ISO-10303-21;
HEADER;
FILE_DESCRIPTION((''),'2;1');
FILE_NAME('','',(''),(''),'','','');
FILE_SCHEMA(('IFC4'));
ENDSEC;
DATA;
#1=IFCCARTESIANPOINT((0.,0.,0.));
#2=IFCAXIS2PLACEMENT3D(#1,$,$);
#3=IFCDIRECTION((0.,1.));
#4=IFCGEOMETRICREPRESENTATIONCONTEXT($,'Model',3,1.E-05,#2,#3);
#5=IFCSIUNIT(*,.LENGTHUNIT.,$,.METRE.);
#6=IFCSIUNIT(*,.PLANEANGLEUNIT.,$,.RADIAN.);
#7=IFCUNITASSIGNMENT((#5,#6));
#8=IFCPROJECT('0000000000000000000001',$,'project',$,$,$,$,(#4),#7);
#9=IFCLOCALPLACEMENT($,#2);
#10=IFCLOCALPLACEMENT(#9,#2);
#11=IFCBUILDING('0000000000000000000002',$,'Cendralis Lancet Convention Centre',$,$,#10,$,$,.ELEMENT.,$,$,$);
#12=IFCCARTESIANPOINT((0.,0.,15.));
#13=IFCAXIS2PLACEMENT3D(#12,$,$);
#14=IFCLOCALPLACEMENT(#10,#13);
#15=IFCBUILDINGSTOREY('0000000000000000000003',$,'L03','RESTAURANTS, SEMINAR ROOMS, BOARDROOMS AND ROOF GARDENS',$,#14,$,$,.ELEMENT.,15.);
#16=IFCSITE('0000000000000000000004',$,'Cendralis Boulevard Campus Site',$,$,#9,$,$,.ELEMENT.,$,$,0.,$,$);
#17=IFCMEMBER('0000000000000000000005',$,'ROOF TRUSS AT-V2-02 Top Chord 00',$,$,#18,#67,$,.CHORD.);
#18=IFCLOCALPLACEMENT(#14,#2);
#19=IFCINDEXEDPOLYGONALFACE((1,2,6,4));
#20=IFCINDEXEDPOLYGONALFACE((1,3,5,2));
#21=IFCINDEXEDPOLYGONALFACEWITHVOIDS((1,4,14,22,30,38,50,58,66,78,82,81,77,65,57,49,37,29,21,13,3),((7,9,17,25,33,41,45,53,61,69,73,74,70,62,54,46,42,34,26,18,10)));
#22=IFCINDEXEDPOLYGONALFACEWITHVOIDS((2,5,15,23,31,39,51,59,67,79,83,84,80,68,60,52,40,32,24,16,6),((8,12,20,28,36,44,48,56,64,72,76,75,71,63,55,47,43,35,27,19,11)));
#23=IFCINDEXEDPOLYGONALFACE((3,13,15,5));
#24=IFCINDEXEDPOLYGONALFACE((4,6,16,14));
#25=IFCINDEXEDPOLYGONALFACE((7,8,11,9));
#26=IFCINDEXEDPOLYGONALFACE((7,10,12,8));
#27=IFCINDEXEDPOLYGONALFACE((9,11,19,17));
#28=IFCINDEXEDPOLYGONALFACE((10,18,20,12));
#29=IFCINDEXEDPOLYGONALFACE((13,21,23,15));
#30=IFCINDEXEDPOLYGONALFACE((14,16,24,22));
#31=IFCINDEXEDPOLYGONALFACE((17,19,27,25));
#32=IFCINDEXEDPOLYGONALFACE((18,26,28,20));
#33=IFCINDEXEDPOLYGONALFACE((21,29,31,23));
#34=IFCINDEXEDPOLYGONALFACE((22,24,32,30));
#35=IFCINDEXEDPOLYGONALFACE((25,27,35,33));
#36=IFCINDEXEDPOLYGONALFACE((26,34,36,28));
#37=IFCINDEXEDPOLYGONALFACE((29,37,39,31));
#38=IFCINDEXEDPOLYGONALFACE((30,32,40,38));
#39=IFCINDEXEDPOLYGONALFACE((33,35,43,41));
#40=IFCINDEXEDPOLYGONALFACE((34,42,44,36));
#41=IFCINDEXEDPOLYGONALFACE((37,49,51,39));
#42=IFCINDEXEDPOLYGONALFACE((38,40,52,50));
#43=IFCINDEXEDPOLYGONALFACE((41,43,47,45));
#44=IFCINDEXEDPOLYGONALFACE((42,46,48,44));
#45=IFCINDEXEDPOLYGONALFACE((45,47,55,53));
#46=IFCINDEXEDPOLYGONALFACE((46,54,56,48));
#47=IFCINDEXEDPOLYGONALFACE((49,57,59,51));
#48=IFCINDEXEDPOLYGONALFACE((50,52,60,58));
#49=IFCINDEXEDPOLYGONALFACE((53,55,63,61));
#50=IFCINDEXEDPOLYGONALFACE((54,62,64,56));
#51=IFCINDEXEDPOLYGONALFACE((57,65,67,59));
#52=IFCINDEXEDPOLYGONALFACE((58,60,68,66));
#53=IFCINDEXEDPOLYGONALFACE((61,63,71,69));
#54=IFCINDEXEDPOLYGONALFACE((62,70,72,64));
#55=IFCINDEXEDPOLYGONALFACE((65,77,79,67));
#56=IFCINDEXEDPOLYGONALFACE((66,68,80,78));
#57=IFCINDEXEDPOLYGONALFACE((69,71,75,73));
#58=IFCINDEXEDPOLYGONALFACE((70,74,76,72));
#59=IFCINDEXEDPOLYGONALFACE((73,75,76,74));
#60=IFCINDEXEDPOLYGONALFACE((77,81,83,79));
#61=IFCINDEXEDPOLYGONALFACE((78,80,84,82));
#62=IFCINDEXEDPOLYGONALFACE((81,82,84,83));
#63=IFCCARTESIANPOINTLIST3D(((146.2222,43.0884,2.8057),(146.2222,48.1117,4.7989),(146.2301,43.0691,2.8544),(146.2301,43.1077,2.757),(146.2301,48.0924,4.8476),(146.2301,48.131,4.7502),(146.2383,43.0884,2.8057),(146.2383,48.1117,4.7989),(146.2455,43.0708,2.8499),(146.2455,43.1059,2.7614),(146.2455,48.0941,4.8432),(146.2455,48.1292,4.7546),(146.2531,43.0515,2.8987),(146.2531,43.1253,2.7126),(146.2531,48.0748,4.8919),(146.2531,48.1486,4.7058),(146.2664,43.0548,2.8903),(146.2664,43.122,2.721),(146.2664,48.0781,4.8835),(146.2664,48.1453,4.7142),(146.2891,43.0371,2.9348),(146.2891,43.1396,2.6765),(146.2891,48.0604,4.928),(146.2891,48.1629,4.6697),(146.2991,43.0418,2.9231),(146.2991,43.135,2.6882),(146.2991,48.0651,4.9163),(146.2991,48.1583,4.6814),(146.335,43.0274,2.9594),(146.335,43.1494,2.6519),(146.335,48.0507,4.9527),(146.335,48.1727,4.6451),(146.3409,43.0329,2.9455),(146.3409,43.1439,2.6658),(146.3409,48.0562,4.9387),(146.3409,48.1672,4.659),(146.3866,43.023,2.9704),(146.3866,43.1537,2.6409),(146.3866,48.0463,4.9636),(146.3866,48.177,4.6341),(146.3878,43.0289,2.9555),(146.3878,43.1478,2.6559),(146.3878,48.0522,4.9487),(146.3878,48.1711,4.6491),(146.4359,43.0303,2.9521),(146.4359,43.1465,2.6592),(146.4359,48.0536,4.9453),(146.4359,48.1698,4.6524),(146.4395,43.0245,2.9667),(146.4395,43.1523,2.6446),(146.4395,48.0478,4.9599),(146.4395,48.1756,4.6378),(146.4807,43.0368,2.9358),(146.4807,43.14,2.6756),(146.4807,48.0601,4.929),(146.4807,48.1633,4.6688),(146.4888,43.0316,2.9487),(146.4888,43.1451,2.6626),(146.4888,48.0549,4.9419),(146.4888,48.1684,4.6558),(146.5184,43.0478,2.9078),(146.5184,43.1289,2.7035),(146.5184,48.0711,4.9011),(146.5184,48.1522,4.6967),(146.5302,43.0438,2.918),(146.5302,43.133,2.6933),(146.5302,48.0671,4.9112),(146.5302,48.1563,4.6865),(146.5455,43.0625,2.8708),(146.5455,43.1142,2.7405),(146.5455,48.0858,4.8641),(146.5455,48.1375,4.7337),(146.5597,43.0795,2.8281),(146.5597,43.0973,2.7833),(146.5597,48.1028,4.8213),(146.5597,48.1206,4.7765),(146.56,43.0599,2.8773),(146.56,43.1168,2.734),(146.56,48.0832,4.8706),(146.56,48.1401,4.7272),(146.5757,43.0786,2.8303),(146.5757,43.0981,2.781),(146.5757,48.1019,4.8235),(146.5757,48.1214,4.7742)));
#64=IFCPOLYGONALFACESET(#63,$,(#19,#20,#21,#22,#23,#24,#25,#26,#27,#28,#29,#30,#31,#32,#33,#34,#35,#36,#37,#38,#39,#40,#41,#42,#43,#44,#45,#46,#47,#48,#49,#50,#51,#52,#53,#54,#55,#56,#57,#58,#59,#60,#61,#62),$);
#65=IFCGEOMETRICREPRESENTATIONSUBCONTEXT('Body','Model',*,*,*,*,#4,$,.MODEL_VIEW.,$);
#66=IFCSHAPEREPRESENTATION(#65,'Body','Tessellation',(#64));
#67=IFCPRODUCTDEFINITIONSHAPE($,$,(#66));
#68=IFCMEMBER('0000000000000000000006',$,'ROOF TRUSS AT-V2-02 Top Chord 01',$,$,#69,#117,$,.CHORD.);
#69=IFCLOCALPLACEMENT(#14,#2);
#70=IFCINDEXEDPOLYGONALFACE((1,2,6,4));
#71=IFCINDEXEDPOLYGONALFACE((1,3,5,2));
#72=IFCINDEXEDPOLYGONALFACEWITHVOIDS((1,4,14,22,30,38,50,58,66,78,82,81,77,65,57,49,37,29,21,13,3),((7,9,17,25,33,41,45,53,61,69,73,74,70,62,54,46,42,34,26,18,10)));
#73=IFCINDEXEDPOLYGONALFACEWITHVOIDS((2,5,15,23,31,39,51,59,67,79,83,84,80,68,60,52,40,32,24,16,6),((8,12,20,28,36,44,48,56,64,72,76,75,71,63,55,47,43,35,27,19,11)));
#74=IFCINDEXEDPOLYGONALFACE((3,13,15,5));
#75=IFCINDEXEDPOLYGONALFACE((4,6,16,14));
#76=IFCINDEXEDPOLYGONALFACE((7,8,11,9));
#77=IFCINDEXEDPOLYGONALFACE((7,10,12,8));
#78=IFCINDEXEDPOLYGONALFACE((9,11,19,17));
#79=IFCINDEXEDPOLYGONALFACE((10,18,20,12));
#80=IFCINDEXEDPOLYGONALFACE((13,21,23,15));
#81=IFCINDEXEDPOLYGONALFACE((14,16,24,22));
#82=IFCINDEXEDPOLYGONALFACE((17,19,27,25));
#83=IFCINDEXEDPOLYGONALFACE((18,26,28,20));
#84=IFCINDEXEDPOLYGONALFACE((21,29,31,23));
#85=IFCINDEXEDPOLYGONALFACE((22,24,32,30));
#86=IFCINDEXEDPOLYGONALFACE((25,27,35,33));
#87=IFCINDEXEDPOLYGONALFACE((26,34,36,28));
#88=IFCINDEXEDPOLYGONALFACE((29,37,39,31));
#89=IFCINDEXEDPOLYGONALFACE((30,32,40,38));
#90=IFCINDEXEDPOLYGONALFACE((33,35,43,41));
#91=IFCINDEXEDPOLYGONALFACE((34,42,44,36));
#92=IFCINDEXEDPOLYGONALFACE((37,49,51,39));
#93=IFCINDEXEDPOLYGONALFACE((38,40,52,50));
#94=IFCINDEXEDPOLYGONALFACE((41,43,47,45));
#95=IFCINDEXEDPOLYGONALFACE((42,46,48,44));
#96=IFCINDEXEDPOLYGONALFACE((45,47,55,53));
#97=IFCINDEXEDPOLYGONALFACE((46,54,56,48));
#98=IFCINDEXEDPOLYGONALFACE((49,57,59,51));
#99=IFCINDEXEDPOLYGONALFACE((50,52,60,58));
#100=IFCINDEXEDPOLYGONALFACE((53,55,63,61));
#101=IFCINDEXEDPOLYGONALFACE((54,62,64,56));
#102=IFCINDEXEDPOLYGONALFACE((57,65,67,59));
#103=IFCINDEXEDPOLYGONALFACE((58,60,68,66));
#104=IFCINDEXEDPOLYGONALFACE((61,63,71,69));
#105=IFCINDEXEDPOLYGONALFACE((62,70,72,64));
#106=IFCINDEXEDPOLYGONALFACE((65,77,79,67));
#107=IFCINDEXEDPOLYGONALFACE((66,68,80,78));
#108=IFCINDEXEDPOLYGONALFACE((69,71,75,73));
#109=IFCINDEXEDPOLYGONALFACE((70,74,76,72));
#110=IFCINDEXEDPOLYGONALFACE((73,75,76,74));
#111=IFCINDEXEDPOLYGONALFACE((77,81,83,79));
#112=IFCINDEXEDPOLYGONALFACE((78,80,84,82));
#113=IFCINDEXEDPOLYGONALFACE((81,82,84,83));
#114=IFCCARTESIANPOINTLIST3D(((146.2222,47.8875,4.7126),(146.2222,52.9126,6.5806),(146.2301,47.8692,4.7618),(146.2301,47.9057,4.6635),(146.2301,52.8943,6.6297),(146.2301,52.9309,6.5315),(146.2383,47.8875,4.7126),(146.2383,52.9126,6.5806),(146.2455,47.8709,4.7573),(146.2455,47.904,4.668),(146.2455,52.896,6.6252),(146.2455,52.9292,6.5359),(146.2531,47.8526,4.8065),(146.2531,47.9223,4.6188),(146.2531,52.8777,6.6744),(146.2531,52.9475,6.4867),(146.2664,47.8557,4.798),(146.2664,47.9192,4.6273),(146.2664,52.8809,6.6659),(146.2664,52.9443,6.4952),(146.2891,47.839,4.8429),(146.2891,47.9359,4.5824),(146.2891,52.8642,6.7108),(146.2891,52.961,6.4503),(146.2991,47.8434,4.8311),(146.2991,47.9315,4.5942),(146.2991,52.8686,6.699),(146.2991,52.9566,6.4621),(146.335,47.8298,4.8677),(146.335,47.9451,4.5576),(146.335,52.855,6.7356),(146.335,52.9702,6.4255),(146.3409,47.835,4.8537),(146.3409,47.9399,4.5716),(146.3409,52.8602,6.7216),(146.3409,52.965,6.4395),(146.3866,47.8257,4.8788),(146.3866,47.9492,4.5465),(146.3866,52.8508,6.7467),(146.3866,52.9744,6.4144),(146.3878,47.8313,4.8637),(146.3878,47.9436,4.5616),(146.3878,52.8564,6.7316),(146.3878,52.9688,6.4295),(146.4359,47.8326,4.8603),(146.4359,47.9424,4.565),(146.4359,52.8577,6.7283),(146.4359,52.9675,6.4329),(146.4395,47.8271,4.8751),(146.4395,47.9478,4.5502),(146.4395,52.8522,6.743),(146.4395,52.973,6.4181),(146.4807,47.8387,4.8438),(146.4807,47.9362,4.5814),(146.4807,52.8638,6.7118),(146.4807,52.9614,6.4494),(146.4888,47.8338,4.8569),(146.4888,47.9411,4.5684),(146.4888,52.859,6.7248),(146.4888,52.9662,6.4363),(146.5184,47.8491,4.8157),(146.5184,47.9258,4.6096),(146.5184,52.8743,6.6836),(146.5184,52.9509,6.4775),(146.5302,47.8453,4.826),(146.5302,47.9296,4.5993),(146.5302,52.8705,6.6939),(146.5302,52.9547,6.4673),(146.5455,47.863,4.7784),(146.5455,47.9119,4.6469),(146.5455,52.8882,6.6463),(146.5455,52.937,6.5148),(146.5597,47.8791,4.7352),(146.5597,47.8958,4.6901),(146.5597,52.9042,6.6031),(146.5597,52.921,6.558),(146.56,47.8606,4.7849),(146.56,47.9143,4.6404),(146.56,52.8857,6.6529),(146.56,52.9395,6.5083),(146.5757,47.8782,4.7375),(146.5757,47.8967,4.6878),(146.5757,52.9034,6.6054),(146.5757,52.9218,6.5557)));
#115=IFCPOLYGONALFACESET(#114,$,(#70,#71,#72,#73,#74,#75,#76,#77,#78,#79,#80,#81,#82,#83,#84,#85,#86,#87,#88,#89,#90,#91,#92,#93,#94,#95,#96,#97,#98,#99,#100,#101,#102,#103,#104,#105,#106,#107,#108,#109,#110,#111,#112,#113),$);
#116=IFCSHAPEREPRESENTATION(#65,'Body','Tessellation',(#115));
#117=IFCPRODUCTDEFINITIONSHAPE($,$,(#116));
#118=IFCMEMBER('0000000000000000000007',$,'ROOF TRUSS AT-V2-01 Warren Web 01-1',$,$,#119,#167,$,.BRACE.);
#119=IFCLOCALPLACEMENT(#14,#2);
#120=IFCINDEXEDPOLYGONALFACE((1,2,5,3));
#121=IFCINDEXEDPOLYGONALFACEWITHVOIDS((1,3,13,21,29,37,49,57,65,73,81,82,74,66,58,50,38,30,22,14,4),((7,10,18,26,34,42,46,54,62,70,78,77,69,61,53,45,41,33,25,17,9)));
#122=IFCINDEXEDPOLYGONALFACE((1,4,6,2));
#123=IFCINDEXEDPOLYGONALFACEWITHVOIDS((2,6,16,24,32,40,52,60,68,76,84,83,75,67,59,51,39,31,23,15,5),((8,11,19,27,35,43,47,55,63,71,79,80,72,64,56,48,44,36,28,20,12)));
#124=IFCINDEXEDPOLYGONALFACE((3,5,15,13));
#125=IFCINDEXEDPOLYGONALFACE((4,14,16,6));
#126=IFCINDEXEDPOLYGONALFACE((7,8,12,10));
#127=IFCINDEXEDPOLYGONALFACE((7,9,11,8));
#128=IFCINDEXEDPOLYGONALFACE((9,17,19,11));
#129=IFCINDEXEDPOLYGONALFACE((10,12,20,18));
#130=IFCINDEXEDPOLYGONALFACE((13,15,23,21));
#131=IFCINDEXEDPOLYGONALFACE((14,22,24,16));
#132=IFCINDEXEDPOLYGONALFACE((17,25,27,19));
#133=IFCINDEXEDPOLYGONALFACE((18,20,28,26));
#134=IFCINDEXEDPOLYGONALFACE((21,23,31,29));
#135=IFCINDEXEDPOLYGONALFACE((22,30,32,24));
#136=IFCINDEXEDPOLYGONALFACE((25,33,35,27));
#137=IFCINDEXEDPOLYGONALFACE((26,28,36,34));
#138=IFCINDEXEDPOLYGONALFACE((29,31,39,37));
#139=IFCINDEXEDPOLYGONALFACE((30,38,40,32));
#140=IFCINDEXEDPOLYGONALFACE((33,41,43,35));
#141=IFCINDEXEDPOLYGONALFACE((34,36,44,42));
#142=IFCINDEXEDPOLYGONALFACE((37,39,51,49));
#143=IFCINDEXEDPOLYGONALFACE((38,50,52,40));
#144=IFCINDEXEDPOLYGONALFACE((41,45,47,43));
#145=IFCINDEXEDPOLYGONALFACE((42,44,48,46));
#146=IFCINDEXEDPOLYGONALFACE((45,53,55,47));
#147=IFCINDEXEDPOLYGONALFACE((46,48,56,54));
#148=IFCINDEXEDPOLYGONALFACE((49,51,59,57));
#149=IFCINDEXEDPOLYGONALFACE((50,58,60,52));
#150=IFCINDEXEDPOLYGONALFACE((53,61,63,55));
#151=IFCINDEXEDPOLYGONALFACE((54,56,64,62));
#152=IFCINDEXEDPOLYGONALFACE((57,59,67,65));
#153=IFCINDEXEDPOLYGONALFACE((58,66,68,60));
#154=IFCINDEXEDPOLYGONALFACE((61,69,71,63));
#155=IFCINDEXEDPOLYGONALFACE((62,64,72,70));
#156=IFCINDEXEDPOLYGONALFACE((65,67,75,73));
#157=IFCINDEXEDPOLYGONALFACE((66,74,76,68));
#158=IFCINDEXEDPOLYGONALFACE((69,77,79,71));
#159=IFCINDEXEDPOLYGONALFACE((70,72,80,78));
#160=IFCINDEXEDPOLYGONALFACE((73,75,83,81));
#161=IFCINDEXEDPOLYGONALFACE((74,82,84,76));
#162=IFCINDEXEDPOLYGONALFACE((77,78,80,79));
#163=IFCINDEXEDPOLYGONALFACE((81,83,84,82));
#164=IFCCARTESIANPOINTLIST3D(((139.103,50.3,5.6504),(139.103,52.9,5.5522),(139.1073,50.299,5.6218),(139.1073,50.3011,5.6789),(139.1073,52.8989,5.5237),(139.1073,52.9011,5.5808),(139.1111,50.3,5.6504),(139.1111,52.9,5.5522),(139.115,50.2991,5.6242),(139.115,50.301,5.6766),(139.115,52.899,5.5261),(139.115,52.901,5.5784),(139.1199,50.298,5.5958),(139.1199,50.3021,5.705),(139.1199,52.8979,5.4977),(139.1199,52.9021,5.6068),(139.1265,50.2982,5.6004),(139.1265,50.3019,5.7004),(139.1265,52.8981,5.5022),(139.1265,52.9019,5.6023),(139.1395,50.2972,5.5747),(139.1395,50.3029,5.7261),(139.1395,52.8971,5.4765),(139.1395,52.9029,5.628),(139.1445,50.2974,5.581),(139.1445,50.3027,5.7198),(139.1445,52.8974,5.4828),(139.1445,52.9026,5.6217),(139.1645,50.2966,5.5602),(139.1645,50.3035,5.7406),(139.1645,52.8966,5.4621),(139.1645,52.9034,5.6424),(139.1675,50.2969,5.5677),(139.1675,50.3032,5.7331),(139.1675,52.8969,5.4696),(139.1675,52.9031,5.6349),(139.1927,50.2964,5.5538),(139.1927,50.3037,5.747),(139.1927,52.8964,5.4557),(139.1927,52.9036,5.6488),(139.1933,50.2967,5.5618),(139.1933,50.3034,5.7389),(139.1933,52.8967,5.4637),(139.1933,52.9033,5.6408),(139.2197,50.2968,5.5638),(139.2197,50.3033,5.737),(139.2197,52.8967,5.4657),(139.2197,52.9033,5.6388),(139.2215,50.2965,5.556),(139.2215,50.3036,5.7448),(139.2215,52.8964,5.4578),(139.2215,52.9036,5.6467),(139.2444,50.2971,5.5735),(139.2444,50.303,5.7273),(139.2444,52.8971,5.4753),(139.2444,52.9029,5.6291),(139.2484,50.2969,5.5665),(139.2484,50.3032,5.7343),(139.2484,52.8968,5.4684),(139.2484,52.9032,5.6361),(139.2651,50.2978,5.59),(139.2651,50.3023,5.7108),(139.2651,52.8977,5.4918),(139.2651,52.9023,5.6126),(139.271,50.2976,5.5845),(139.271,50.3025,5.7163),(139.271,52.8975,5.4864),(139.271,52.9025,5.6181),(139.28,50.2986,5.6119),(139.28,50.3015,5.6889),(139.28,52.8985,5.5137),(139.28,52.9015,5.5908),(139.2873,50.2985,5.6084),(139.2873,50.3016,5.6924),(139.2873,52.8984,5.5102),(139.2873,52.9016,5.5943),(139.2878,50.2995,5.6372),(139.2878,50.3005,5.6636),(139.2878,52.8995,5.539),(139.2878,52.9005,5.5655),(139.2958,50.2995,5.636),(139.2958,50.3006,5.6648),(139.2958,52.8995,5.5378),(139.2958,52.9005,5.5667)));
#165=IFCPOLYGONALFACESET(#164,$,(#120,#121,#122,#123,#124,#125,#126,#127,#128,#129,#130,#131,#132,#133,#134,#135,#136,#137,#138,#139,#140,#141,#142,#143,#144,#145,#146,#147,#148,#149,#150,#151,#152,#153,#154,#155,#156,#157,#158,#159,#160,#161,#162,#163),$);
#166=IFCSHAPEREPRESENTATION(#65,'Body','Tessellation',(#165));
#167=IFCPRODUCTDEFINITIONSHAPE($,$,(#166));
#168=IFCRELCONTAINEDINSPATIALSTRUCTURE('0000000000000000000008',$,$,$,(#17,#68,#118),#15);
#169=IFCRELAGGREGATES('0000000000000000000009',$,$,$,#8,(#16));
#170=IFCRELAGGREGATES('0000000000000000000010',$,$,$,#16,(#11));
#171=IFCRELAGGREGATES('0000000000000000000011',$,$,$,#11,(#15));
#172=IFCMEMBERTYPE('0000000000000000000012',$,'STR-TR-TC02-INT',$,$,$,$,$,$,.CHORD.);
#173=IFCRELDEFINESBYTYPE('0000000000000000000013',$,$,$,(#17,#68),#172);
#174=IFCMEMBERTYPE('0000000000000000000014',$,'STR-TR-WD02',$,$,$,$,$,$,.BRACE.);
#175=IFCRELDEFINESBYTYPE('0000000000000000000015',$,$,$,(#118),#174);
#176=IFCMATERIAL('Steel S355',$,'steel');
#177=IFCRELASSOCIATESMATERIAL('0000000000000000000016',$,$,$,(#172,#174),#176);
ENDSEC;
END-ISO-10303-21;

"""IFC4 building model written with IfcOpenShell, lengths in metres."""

from ifc_helpers import new_model, si_unit, direction, frame, origin, origin_2d, place, context, subcontext, project, spatial, hollow_circle, extrude, material, material_profile, profile_set, type_object, element, save


model = new_model("IFC4")

# Units and contexts
model_context = context("Model", 3, precision=1e-05, world=origin(), true_north=direction((0.0, 1.0)))
body_context = subcontext(model_context, "Body", "Model", "MODEL_VIEW")
ifc_project = project(units=[si_unit("LENGTHUNIT", "METRE"), si_unit("PLANEANGLEUNIT", "RADIAN")], contexts=[model_context])

# Site, building, storey
site_placement = place(None, origin())
site = spatial("IfcSite", under=ifc_project, at=site_placement, Name="Cendralis Boulevard Campus Site", CompositionType="ELEMENT", RefElevation=0.0)
building_placement = place(site_placement, origin())
building = spatial("IfcBuilding", under=site, at=building_placement, Name="Cendralis Lancet Convention Centre", CompositionType="ELEMENT")
storey_placement = place(building_placement, frame((0.0, 0.0, 15.0)))
storey = spatial("IfcBuildingStorey", under=building, at=storey_placement, Name="L03", Description="RESTAURANTS, SEMINAR ROOMS, BOARDROOMS AND ROOF GARDENS", CompositionType="ELEMENT", Elevation=15.0)

# Shared definitions
ifc_material_1 = material(Name="Steel S355", Category="steel")

# Members
ifc_material_profile_1 = material_profile(ifc_material_1, hollow_circle(Radius=0.1777, WallThickness=0.0161, at=origin_2d()), Name="CHS 355.6x16.0")
ifc_profile_set_1 = profile_set([ifc_material_profile_1], Name="Steel S355")
member_type_1 = type_object("IfcMemberType", Name="STR-TR-TC02-INT", PredefinedType="CHORD", material=ifc_profile_set_1)
member_1_placement = place(storey_placement, frame((146.3999, 43.0884, 2.8057), z_axis=(0.0, 0.929501, 0.368819), x_axis=(-1.0, 0.0, 0.0)))
element("IfcMember", 1, at=member_1_placement, inside=storey, type_object=member_type_1, Name="ROOF TRUSS AT-V2-02 Top Chord 00", PredefinedType="CHORD", context=body_context, shape_type="SweptSolid", body=[
    extrude(hollow_circle(Radius=0.1777, WallThickness=0.0161, at=origin_2d()), origin(), (0.0, 0.0, 1.0), 5.4043),
])
member_2_placement = place(storey_placement, frame((146.3999, 47.8875, 4.7126), z_axis=(0.0, 0.937338, 0.348422), x_axis=(-1.0, 0.0, 0.0)))
element("IfcMember", 2, at=member_2_placement, inside=storey, type_object=member_type_1, Name="ROOF TRUSS AT-V2-02 Top Chord 01", PredefinedType="CHORD", context=body_context, shape_type="SweptSolid", body=[
    extrude(hollow_circle(Radius=0.1777, WallThickness=0.0161, at=origin_2d()), origin(), (0.0, 0.0, 1.0), 5.3611),
])
ifc_material_profile_2 = material_profile(ifc_material_1, hollow_circle(Radius=0.0969, WallThickness=0.0081, at=origin_2d()), Name="CHS 193.7x8.0")
ifc_profile_set_2 = profile_set([ifc_material_profile_2], Name="Steel S355")
member_type_2 = type_object("IfcMemberType", Name="STR-TR-WD02", PredefinedType="BRACE", material=ifc_profile_set_2)
member_3_placement = place(storey_placement, frame((139.2, 50.3, 5.6504), z_axis=(0.0, 0.999288, -0.037723), x_axis=(-1.0, 0.0, 0.0)))
element("IfcMember", 3, at=member_3_placement, inside=storey, type_object=member_type_2, Name="ROOF TRUSS AT-V2-01 Warren Web 01-1", PredefinedType="BRACE", context=body_context, shape_type="SweptSolid", body=[
    extrude(hollow_circle(Radius=0.0969, WallThickness=0.0081, at=origin_2d()), origin(), (0.0, 0.0, 1.0), 2.6018),
])

save(model, "model.ifc")
